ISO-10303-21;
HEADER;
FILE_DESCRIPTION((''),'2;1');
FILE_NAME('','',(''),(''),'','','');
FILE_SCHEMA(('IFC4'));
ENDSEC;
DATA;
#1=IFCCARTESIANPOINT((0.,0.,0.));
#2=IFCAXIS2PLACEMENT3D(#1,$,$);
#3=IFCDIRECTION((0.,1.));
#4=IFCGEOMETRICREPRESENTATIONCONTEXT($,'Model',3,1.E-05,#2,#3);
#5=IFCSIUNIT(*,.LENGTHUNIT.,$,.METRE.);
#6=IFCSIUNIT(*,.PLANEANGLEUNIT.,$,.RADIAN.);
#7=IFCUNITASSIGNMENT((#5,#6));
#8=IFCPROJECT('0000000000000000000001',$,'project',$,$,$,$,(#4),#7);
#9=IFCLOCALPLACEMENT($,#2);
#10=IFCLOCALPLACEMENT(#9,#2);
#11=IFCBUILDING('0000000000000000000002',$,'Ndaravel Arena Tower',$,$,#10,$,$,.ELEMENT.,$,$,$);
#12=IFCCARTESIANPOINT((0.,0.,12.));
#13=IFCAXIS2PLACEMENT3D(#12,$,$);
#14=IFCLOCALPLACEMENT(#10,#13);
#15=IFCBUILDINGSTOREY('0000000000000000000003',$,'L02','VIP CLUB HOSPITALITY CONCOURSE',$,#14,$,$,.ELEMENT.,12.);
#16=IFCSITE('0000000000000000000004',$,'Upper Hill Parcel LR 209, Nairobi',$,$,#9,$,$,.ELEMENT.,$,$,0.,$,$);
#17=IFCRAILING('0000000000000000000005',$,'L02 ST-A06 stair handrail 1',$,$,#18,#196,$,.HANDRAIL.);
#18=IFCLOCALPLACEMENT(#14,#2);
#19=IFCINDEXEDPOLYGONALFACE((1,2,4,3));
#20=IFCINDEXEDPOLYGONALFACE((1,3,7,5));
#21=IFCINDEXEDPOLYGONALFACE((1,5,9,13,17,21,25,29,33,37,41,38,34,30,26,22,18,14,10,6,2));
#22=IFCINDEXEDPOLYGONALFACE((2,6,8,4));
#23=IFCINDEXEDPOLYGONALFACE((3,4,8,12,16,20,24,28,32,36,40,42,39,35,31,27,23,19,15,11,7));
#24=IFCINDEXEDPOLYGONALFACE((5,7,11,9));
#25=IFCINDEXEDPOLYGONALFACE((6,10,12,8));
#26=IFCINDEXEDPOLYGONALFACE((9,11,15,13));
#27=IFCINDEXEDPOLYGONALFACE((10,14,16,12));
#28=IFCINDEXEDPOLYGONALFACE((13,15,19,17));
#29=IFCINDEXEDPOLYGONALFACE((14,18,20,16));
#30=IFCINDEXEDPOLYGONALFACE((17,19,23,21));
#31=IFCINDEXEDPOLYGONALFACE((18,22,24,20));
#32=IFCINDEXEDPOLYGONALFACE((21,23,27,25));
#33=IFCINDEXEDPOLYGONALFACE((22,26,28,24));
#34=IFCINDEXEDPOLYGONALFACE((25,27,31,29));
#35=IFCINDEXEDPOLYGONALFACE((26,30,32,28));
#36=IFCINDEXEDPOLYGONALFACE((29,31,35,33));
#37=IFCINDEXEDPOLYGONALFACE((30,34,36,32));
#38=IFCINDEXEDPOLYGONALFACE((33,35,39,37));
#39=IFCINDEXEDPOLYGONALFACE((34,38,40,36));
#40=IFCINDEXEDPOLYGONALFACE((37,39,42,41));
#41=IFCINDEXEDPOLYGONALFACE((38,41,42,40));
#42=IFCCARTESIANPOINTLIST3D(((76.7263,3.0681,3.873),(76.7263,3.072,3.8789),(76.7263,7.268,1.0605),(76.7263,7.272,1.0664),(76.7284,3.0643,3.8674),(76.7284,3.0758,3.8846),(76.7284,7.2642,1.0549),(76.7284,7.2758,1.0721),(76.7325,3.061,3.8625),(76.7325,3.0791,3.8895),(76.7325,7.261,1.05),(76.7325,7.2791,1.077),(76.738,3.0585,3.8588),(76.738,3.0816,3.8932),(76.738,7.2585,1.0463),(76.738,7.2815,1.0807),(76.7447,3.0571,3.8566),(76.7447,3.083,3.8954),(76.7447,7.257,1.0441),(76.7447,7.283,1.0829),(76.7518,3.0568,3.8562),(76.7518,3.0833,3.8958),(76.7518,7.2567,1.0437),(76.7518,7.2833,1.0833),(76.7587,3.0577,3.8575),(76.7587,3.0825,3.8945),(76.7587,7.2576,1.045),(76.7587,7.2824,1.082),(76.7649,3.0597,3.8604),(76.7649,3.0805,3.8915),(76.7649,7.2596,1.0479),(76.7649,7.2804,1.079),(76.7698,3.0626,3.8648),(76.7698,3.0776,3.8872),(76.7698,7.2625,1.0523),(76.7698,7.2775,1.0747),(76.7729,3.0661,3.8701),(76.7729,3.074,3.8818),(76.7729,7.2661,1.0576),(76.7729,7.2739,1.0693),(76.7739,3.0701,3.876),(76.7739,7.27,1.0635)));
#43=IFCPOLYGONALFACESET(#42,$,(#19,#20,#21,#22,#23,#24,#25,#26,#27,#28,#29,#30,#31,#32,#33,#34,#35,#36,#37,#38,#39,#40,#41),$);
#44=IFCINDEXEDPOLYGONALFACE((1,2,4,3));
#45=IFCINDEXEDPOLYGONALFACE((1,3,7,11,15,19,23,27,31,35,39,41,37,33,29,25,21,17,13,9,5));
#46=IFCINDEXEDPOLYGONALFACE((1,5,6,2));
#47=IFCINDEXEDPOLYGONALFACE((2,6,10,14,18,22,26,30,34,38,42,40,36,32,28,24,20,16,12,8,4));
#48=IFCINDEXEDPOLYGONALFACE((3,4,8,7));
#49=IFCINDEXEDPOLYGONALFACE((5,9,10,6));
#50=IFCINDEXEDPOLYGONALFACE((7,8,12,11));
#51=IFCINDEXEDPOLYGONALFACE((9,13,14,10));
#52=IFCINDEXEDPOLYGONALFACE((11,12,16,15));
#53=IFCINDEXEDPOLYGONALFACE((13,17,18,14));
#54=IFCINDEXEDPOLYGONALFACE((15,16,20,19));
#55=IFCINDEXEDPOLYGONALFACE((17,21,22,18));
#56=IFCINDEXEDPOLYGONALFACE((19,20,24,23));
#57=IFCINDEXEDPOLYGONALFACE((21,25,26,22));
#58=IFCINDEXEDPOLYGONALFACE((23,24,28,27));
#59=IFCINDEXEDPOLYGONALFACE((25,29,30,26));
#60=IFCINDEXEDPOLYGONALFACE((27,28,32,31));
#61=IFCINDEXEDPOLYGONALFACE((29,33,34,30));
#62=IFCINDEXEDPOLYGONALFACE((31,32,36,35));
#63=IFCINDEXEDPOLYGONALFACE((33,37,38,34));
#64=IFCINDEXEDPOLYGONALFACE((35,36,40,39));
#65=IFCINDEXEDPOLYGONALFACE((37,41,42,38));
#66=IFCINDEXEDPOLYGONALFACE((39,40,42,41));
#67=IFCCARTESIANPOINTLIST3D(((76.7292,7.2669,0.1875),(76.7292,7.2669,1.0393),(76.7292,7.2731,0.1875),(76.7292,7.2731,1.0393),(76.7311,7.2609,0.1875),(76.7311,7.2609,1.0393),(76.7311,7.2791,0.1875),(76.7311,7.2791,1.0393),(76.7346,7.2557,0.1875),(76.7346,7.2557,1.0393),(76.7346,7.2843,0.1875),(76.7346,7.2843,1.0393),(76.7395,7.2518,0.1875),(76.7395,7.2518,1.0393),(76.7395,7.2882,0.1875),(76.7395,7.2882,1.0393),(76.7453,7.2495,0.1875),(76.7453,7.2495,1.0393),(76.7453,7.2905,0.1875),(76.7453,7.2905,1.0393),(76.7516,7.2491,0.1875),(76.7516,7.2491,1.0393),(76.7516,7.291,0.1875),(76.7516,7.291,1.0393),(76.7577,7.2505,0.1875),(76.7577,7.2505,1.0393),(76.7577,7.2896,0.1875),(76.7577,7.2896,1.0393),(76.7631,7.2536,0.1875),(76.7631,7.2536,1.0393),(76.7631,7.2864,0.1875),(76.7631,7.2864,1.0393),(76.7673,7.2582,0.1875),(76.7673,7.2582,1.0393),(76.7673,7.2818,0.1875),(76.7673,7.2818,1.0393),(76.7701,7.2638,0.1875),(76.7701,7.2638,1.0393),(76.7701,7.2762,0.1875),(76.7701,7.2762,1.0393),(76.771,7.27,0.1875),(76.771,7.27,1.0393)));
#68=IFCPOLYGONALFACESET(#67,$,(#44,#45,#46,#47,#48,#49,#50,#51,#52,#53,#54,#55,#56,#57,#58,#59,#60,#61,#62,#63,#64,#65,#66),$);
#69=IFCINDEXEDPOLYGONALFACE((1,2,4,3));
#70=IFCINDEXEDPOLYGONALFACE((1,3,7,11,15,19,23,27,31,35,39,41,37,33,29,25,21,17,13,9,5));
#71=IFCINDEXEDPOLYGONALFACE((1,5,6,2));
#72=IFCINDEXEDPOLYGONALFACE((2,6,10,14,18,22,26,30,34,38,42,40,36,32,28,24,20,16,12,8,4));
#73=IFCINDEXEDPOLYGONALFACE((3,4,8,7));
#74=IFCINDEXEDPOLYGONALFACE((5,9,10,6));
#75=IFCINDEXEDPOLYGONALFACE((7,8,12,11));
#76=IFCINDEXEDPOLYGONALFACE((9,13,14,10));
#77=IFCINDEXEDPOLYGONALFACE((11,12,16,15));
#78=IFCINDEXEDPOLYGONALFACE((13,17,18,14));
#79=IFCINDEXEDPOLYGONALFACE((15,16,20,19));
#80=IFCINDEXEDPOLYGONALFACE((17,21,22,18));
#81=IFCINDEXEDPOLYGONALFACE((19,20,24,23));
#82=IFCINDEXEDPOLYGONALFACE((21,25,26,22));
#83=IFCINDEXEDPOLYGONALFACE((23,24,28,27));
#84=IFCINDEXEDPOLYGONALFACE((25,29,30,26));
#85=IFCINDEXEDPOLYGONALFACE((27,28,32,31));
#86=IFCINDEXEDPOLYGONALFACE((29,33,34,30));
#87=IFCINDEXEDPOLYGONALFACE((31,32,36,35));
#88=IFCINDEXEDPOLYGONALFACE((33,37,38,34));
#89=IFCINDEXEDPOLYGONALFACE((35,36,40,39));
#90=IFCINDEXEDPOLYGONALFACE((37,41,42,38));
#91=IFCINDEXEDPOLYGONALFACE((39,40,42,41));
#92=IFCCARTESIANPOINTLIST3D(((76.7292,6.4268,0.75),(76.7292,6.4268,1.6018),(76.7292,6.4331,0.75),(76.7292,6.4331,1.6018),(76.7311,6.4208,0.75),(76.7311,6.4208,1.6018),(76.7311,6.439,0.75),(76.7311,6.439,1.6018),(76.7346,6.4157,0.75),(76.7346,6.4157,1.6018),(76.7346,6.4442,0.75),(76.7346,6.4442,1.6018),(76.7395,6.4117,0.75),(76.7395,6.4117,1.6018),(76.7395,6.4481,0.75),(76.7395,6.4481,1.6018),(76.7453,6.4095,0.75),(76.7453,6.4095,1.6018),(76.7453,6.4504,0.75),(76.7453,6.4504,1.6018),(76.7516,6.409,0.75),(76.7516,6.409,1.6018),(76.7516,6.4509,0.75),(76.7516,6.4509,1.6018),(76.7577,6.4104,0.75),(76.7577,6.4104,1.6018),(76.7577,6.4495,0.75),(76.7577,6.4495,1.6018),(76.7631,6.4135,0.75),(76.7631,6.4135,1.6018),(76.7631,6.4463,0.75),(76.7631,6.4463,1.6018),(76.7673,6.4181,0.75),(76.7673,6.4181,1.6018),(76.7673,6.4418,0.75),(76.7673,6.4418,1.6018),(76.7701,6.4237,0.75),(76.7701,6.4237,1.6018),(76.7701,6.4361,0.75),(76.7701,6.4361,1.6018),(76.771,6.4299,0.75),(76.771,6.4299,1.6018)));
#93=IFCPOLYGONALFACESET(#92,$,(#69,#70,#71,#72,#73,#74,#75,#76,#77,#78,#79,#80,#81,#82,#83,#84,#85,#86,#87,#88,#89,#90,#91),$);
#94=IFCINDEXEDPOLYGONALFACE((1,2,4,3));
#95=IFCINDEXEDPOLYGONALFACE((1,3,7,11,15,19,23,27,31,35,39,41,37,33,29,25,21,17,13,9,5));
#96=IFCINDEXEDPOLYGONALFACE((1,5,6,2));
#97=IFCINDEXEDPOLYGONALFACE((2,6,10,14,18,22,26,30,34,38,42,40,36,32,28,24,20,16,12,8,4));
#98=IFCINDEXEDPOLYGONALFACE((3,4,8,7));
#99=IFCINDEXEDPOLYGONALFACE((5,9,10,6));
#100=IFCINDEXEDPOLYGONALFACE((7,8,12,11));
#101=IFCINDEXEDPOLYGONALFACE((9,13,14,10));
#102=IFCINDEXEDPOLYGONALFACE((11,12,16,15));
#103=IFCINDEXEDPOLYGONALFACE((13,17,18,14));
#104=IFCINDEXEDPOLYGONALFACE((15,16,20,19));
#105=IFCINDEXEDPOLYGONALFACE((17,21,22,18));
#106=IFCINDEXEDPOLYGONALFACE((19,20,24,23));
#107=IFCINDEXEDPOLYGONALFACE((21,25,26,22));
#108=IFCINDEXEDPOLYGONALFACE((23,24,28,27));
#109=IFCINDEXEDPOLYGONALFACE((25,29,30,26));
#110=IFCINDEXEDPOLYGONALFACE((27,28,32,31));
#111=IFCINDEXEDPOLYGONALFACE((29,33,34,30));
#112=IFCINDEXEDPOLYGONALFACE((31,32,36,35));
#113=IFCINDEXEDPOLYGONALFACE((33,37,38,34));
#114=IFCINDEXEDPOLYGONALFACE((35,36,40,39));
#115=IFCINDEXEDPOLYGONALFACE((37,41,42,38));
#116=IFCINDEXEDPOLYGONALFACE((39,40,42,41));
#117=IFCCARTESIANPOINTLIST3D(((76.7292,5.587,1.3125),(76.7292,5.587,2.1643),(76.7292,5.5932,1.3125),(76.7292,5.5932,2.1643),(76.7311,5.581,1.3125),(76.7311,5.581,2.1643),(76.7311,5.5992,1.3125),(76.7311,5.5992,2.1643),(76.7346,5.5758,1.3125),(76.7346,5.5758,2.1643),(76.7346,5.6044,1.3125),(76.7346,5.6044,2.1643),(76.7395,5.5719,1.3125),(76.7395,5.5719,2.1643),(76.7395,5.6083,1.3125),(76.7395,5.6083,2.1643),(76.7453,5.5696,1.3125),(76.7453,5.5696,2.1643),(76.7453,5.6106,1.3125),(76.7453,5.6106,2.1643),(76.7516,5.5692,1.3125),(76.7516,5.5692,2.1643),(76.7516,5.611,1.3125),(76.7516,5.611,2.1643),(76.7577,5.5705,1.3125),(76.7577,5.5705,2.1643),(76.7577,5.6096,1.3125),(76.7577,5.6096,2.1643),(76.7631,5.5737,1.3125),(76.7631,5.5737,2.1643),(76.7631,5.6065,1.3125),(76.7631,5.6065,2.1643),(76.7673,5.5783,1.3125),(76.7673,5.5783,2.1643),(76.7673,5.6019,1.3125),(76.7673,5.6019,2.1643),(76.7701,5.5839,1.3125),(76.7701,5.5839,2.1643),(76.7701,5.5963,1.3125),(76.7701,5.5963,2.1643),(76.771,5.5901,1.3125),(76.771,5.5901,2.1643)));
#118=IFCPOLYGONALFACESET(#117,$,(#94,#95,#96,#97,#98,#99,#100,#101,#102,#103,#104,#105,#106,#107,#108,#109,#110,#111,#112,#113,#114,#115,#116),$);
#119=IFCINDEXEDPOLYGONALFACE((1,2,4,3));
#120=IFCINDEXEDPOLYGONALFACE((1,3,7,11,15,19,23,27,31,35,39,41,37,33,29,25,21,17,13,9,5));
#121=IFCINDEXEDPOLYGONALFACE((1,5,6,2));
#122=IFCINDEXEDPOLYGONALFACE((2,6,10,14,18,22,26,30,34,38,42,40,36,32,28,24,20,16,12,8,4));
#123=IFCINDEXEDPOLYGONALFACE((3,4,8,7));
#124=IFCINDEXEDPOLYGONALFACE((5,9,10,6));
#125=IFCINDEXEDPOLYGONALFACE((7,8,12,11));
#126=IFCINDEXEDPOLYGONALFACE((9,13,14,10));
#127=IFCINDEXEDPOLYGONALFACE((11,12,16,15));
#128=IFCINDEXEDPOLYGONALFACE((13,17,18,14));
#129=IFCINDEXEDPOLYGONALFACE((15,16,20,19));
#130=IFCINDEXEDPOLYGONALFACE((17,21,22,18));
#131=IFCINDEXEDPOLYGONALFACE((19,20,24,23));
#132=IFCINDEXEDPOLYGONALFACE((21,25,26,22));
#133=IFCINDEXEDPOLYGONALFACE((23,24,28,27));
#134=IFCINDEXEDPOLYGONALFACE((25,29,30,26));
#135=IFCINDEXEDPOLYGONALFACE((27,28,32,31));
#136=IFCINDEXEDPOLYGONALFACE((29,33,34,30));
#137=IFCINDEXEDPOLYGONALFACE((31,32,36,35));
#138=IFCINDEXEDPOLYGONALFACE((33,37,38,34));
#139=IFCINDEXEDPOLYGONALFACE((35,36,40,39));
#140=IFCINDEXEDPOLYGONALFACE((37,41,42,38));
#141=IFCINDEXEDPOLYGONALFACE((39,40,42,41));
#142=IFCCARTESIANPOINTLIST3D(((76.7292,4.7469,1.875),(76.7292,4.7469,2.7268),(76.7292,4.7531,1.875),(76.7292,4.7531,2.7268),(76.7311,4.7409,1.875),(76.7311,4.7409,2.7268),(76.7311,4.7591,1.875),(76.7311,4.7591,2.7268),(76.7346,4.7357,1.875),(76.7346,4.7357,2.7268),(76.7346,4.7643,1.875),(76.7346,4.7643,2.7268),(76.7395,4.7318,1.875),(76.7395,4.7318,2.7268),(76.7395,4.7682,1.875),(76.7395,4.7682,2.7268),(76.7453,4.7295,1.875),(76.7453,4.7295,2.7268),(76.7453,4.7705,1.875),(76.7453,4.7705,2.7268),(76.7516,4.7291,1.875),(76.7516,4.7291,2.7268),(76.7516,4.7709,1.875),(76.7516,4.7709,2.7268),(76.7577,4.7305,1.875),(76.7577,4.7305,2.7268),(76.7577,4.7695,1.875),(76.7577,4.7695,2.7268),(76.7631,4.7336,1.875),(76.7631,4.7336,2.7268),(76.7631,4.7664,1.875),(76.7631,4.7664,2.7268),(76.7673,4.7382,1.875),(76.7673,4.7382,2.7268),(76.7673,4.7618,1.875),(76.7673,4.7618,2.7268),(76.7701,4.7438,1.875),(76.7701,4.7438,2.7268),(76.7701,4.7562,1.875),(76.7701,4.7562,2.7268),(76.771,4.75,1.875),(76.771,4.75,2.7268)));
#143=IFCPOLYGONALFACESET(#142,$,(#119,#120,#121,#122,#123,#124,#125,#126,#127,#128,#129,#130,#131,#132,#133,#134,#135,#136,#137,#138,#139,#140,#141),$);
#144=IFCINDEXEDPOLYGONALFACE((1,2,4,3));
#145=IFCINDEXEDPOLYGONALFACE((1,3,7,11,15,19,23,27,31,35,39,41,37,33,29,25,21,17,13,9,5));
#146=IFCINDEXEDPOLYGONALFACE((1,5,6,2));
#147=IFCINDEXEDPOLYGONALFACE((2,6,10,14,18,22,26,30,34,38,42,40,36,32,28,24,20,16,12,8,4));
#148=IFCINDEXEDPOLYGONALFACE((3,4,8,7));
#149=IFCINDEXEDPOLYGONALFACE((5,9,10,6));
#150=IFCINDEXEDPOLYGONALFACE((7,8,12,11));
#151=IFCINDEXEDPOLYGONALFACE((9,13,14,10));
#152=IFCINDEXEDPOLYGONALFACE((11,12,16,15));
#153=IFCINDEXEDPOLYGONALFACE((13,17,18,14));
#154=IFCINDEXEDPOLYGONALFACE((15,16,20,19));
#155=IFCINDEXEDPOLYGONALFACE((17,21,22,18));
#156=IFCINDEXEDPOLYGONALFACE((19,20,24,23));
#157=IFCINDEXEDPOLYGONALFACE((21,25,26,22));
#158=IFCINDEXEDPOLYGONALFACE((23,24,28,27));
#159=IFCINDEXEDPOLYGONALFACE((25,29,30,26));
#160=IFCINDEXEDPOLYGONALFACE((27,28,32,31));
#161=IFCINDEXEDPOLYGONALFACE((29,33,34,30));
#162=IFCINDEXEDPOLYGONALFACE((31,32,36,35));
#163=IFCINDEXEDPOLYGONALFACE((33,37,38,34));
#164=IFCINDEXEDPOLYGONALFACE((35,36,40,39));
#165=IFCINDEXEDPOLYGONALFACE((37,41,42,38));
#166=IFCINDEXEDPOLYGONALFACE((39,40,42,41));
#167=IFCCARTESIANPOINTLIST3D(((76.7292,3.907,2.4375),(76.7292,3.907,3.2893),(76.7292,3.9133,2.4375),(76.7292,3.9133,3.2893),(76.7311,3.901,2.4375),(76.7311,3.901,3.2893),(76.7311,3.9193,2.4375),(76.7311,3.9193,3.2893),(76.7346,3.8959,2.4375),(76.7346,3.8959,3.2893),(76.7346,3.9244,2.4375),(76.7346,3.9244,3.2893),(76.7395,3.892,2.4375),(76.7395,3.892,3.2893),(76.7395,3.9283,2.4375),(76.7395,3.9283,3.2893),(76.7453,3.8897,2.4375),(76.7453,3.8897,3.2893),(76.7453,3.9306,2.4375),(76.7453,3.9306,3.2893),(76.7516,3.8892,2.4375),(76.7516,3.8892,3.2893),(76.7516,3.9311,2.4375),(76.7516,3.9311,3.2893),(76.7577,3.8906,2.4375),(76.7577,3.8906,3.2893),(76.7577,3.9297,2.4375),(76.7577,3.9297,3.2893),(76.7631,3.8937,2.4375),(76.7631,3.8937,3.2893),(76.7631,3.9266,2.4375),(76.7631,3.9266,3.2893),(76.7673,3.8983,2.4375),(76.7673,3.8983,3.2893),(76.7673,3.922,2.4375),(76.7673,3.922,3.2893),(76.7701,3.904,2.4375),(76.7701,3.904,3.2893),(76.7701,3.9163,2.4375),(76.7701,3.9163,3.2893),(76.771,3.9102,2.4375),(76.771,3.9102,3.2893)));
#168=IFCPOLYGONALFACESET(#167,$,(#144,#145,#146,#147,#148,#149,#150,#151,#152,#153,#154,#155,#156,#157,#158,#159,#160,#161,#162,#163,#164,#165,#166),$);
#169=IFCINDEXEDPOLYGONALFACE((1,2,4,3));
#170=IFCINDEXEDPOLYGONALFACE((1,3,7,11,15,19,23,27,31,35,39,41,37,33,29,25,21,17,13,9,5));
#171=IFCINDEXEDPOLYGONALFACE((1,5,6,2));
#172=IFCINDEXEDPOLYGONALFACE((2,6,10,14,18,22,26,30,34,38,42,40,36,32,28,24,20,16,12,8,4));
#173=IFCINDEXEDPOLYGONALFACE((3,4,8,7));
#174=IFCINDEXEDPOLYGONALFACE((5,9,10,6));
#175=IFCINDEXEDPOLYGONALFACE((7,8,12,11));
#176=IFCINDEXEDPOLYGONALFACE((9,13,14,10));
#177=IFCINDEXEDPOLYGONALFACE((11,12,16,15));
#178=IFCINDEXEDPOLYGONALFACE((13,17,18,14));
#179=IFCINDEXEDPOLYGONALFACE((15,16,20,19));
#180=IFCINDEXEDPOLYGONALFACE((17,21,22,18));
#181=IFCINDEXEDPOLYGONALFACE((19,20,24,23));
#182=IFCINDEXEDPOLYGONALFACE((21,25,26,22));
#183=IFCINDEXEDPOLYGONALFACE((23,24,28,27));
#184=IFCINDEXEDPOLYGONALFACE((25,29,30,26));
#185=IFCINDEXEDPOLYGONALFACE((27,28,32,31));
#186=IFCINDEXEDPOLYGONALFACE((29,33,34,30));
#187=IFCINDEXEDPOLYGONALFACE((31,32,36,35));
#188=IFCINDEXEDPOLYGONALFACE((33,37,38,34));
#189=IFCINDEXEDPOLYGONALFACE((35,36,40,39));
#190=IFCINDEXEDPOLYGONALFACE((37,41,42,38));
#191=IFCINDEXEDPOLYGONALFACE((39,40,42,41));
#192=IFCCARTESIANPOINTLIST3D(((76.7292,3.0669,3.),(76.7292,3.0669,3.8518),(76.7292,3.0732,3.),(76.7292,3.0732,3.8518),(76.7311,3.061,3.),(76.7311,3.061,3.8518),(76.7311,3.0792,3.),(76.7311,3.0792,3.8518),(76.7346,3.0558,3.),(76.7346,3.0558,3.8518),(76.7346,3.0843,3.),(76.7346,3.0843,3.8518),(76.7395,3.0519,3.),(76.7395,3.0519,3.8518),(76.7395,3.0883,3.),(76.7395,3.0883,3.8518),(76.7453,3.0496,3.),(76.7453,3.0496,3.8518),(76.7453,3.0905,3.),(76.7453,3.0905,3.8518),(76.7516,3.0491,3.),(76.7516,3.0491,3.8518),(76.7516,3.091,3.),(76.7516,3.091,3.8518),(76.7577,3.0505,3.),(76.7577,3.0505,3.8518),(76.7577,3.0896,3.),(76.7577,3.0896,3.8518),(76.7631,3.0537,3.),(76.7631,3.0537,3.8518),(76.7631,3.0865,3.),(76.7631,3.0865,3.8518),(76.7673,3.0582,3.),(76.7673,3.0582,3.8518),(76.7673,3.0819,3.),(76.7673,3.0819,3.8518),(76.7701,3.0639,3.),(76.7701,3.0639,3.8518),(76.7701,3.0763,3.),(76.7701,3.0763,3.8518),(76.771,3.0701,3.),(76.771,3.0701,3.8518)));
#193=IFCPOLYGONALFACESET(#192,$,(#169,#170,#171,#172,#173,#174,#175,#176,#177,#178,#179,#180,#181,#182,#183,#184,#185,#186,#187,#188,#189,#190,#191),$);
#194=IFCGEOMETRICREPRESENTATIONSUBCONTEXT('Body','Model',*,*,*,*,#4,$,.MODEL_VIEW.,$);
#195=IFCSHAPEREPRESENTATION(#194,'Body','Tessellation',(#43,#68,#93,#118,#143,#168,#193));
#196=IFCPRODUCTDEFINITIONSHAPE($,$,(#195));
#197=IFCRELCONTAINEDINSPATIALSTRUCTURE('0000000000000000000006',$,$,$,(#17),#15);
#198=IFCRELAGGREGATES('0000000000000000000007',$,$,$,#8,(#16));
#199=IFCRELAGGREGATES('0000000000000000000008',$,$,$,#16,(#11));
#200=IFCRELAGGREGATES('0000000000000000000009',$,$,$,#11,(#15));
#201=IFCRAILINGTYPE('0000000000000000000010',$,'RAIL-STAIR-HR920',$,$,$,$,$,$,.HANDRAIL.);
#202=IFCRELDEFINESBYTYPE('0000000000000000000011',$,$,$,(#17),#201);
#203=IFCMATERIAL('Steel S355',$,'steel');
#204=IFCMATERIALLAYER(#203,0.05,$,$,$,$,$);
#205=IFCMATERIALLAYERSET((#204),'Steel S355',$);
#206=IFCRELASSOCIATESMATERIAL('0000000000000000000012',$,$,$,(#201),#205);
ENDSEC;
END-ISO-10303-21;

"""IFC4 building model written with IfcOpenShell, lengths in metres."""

from ifc_helpers import new_model, si_unit, direction, frame, origin, origin_2d, place, context, subcontext, project, spatial, circle, extrude, material, layer, layer_set, type_object, element, save


model = new_model("IFC4")

# Units and contexts
model_context = context("Model", 3, precision=1e-05, world=origin(), true_north=direction((0.0, 1.0)))
body_context = subcontext(model_context, "Body", "Model", "MODEL_VIEW")
ifc_project = project(units=[si_unit("LENGTHUNIT", "METRE"), si_unit("PLANEANGLEUNIT", "RADIAN")], contexts=[model_context])

# Site, building, storey
site_placement = place(None, origin())
site = spatial("IfcSite", under=ifc_project, at=site_placement, Name="Upper Hill Parcel LR 209, Nairobi", CompositionType="ELEMENT", RefElevation=0.0)
building_placement = place(site_placement, origin())
building = spatial("IfcBuilding", under=site, at=building_placement, Name="Ndaravel Arena Tower", CompositionType="ELEMENT")
storey_placement = place(building_placement, frame((0.0, 0.0, 12.0)))
storey = spatial("IfcBuildingStorey", under=building, at=storey_placement, Name="L02", Description="VIP CLUB HOSPITALITY CONCOURSE", CompositionType="ELEMENT", Elevation=12.0)

# Railing
ifc_material_1 = material(Name="Steel S355", Category="steel")
ifc_layer_1 = layer(ifc_material_1, 0.05)
ifc_layer_set_1 = layer_set([ifc_layer_1], Name="Steel S355")
railing_type_1 = type_object("IfcRailingType", Name="RAIL-STAIR-HR920", PredefinedType="HANDRAIL", material=ifc_layer_set_1)
railing_1_placement = place(storey_placement, frame((76.75, 7.27, 0.1875)))
element("IfcRailing", 1, at=railing_1_placement, inside=storey, type_object=railing_type_1, Name="L02 ST-A06 stair handrail 1", PredefinedType="HANDRAIL", context=body_context, shape_type="SweptSolid", body=[
    extrude(circle(Radius=0.0239, at=origin_2d()), frame((0.0, 0.0, 0.876), z_axis=(0.0, -0.830904, 0.556416), x_axis=(1.0, 0.0, 0.0)), (0.0, 0.0, 1.0), 5.0547),
    extrude(circle(Radius=0.021, at=origin_2d()), origin(), (0.0, 0.0, 1.0), 0.8518),
    extrude(circle(Radius=0.021, at=origin_2d()), frame((0.0, -0.8401, 0.5625)), (0.0, 0.0, 1.0), 0.8518),
    extrude(circle(Radius=0.021, at=origin_2d()), frame((0.0, -1.6799, 1.125)), (0.0, 0.0, 1.0), 0.8518),
    extrude(circle(Radius=0.021, at=origin_2d()), frame((0.0, -2.52, 1.6875)), (0.0, 0.0, 1.0), 0.8518),
    extrude(circle(Radius=0.021, at=origin_2d()), frame((0.0, -3.3599, 2.25)), (0.0, 0.0, 1.0), 0.8518),
    extrude(circle(Radius=0.021, at=origin_2d()), frame((0.0, -4.2, 2.8125)), (0.0, 0.0, 1.0), 0.8518),
])

save(model, "model.ifc")
